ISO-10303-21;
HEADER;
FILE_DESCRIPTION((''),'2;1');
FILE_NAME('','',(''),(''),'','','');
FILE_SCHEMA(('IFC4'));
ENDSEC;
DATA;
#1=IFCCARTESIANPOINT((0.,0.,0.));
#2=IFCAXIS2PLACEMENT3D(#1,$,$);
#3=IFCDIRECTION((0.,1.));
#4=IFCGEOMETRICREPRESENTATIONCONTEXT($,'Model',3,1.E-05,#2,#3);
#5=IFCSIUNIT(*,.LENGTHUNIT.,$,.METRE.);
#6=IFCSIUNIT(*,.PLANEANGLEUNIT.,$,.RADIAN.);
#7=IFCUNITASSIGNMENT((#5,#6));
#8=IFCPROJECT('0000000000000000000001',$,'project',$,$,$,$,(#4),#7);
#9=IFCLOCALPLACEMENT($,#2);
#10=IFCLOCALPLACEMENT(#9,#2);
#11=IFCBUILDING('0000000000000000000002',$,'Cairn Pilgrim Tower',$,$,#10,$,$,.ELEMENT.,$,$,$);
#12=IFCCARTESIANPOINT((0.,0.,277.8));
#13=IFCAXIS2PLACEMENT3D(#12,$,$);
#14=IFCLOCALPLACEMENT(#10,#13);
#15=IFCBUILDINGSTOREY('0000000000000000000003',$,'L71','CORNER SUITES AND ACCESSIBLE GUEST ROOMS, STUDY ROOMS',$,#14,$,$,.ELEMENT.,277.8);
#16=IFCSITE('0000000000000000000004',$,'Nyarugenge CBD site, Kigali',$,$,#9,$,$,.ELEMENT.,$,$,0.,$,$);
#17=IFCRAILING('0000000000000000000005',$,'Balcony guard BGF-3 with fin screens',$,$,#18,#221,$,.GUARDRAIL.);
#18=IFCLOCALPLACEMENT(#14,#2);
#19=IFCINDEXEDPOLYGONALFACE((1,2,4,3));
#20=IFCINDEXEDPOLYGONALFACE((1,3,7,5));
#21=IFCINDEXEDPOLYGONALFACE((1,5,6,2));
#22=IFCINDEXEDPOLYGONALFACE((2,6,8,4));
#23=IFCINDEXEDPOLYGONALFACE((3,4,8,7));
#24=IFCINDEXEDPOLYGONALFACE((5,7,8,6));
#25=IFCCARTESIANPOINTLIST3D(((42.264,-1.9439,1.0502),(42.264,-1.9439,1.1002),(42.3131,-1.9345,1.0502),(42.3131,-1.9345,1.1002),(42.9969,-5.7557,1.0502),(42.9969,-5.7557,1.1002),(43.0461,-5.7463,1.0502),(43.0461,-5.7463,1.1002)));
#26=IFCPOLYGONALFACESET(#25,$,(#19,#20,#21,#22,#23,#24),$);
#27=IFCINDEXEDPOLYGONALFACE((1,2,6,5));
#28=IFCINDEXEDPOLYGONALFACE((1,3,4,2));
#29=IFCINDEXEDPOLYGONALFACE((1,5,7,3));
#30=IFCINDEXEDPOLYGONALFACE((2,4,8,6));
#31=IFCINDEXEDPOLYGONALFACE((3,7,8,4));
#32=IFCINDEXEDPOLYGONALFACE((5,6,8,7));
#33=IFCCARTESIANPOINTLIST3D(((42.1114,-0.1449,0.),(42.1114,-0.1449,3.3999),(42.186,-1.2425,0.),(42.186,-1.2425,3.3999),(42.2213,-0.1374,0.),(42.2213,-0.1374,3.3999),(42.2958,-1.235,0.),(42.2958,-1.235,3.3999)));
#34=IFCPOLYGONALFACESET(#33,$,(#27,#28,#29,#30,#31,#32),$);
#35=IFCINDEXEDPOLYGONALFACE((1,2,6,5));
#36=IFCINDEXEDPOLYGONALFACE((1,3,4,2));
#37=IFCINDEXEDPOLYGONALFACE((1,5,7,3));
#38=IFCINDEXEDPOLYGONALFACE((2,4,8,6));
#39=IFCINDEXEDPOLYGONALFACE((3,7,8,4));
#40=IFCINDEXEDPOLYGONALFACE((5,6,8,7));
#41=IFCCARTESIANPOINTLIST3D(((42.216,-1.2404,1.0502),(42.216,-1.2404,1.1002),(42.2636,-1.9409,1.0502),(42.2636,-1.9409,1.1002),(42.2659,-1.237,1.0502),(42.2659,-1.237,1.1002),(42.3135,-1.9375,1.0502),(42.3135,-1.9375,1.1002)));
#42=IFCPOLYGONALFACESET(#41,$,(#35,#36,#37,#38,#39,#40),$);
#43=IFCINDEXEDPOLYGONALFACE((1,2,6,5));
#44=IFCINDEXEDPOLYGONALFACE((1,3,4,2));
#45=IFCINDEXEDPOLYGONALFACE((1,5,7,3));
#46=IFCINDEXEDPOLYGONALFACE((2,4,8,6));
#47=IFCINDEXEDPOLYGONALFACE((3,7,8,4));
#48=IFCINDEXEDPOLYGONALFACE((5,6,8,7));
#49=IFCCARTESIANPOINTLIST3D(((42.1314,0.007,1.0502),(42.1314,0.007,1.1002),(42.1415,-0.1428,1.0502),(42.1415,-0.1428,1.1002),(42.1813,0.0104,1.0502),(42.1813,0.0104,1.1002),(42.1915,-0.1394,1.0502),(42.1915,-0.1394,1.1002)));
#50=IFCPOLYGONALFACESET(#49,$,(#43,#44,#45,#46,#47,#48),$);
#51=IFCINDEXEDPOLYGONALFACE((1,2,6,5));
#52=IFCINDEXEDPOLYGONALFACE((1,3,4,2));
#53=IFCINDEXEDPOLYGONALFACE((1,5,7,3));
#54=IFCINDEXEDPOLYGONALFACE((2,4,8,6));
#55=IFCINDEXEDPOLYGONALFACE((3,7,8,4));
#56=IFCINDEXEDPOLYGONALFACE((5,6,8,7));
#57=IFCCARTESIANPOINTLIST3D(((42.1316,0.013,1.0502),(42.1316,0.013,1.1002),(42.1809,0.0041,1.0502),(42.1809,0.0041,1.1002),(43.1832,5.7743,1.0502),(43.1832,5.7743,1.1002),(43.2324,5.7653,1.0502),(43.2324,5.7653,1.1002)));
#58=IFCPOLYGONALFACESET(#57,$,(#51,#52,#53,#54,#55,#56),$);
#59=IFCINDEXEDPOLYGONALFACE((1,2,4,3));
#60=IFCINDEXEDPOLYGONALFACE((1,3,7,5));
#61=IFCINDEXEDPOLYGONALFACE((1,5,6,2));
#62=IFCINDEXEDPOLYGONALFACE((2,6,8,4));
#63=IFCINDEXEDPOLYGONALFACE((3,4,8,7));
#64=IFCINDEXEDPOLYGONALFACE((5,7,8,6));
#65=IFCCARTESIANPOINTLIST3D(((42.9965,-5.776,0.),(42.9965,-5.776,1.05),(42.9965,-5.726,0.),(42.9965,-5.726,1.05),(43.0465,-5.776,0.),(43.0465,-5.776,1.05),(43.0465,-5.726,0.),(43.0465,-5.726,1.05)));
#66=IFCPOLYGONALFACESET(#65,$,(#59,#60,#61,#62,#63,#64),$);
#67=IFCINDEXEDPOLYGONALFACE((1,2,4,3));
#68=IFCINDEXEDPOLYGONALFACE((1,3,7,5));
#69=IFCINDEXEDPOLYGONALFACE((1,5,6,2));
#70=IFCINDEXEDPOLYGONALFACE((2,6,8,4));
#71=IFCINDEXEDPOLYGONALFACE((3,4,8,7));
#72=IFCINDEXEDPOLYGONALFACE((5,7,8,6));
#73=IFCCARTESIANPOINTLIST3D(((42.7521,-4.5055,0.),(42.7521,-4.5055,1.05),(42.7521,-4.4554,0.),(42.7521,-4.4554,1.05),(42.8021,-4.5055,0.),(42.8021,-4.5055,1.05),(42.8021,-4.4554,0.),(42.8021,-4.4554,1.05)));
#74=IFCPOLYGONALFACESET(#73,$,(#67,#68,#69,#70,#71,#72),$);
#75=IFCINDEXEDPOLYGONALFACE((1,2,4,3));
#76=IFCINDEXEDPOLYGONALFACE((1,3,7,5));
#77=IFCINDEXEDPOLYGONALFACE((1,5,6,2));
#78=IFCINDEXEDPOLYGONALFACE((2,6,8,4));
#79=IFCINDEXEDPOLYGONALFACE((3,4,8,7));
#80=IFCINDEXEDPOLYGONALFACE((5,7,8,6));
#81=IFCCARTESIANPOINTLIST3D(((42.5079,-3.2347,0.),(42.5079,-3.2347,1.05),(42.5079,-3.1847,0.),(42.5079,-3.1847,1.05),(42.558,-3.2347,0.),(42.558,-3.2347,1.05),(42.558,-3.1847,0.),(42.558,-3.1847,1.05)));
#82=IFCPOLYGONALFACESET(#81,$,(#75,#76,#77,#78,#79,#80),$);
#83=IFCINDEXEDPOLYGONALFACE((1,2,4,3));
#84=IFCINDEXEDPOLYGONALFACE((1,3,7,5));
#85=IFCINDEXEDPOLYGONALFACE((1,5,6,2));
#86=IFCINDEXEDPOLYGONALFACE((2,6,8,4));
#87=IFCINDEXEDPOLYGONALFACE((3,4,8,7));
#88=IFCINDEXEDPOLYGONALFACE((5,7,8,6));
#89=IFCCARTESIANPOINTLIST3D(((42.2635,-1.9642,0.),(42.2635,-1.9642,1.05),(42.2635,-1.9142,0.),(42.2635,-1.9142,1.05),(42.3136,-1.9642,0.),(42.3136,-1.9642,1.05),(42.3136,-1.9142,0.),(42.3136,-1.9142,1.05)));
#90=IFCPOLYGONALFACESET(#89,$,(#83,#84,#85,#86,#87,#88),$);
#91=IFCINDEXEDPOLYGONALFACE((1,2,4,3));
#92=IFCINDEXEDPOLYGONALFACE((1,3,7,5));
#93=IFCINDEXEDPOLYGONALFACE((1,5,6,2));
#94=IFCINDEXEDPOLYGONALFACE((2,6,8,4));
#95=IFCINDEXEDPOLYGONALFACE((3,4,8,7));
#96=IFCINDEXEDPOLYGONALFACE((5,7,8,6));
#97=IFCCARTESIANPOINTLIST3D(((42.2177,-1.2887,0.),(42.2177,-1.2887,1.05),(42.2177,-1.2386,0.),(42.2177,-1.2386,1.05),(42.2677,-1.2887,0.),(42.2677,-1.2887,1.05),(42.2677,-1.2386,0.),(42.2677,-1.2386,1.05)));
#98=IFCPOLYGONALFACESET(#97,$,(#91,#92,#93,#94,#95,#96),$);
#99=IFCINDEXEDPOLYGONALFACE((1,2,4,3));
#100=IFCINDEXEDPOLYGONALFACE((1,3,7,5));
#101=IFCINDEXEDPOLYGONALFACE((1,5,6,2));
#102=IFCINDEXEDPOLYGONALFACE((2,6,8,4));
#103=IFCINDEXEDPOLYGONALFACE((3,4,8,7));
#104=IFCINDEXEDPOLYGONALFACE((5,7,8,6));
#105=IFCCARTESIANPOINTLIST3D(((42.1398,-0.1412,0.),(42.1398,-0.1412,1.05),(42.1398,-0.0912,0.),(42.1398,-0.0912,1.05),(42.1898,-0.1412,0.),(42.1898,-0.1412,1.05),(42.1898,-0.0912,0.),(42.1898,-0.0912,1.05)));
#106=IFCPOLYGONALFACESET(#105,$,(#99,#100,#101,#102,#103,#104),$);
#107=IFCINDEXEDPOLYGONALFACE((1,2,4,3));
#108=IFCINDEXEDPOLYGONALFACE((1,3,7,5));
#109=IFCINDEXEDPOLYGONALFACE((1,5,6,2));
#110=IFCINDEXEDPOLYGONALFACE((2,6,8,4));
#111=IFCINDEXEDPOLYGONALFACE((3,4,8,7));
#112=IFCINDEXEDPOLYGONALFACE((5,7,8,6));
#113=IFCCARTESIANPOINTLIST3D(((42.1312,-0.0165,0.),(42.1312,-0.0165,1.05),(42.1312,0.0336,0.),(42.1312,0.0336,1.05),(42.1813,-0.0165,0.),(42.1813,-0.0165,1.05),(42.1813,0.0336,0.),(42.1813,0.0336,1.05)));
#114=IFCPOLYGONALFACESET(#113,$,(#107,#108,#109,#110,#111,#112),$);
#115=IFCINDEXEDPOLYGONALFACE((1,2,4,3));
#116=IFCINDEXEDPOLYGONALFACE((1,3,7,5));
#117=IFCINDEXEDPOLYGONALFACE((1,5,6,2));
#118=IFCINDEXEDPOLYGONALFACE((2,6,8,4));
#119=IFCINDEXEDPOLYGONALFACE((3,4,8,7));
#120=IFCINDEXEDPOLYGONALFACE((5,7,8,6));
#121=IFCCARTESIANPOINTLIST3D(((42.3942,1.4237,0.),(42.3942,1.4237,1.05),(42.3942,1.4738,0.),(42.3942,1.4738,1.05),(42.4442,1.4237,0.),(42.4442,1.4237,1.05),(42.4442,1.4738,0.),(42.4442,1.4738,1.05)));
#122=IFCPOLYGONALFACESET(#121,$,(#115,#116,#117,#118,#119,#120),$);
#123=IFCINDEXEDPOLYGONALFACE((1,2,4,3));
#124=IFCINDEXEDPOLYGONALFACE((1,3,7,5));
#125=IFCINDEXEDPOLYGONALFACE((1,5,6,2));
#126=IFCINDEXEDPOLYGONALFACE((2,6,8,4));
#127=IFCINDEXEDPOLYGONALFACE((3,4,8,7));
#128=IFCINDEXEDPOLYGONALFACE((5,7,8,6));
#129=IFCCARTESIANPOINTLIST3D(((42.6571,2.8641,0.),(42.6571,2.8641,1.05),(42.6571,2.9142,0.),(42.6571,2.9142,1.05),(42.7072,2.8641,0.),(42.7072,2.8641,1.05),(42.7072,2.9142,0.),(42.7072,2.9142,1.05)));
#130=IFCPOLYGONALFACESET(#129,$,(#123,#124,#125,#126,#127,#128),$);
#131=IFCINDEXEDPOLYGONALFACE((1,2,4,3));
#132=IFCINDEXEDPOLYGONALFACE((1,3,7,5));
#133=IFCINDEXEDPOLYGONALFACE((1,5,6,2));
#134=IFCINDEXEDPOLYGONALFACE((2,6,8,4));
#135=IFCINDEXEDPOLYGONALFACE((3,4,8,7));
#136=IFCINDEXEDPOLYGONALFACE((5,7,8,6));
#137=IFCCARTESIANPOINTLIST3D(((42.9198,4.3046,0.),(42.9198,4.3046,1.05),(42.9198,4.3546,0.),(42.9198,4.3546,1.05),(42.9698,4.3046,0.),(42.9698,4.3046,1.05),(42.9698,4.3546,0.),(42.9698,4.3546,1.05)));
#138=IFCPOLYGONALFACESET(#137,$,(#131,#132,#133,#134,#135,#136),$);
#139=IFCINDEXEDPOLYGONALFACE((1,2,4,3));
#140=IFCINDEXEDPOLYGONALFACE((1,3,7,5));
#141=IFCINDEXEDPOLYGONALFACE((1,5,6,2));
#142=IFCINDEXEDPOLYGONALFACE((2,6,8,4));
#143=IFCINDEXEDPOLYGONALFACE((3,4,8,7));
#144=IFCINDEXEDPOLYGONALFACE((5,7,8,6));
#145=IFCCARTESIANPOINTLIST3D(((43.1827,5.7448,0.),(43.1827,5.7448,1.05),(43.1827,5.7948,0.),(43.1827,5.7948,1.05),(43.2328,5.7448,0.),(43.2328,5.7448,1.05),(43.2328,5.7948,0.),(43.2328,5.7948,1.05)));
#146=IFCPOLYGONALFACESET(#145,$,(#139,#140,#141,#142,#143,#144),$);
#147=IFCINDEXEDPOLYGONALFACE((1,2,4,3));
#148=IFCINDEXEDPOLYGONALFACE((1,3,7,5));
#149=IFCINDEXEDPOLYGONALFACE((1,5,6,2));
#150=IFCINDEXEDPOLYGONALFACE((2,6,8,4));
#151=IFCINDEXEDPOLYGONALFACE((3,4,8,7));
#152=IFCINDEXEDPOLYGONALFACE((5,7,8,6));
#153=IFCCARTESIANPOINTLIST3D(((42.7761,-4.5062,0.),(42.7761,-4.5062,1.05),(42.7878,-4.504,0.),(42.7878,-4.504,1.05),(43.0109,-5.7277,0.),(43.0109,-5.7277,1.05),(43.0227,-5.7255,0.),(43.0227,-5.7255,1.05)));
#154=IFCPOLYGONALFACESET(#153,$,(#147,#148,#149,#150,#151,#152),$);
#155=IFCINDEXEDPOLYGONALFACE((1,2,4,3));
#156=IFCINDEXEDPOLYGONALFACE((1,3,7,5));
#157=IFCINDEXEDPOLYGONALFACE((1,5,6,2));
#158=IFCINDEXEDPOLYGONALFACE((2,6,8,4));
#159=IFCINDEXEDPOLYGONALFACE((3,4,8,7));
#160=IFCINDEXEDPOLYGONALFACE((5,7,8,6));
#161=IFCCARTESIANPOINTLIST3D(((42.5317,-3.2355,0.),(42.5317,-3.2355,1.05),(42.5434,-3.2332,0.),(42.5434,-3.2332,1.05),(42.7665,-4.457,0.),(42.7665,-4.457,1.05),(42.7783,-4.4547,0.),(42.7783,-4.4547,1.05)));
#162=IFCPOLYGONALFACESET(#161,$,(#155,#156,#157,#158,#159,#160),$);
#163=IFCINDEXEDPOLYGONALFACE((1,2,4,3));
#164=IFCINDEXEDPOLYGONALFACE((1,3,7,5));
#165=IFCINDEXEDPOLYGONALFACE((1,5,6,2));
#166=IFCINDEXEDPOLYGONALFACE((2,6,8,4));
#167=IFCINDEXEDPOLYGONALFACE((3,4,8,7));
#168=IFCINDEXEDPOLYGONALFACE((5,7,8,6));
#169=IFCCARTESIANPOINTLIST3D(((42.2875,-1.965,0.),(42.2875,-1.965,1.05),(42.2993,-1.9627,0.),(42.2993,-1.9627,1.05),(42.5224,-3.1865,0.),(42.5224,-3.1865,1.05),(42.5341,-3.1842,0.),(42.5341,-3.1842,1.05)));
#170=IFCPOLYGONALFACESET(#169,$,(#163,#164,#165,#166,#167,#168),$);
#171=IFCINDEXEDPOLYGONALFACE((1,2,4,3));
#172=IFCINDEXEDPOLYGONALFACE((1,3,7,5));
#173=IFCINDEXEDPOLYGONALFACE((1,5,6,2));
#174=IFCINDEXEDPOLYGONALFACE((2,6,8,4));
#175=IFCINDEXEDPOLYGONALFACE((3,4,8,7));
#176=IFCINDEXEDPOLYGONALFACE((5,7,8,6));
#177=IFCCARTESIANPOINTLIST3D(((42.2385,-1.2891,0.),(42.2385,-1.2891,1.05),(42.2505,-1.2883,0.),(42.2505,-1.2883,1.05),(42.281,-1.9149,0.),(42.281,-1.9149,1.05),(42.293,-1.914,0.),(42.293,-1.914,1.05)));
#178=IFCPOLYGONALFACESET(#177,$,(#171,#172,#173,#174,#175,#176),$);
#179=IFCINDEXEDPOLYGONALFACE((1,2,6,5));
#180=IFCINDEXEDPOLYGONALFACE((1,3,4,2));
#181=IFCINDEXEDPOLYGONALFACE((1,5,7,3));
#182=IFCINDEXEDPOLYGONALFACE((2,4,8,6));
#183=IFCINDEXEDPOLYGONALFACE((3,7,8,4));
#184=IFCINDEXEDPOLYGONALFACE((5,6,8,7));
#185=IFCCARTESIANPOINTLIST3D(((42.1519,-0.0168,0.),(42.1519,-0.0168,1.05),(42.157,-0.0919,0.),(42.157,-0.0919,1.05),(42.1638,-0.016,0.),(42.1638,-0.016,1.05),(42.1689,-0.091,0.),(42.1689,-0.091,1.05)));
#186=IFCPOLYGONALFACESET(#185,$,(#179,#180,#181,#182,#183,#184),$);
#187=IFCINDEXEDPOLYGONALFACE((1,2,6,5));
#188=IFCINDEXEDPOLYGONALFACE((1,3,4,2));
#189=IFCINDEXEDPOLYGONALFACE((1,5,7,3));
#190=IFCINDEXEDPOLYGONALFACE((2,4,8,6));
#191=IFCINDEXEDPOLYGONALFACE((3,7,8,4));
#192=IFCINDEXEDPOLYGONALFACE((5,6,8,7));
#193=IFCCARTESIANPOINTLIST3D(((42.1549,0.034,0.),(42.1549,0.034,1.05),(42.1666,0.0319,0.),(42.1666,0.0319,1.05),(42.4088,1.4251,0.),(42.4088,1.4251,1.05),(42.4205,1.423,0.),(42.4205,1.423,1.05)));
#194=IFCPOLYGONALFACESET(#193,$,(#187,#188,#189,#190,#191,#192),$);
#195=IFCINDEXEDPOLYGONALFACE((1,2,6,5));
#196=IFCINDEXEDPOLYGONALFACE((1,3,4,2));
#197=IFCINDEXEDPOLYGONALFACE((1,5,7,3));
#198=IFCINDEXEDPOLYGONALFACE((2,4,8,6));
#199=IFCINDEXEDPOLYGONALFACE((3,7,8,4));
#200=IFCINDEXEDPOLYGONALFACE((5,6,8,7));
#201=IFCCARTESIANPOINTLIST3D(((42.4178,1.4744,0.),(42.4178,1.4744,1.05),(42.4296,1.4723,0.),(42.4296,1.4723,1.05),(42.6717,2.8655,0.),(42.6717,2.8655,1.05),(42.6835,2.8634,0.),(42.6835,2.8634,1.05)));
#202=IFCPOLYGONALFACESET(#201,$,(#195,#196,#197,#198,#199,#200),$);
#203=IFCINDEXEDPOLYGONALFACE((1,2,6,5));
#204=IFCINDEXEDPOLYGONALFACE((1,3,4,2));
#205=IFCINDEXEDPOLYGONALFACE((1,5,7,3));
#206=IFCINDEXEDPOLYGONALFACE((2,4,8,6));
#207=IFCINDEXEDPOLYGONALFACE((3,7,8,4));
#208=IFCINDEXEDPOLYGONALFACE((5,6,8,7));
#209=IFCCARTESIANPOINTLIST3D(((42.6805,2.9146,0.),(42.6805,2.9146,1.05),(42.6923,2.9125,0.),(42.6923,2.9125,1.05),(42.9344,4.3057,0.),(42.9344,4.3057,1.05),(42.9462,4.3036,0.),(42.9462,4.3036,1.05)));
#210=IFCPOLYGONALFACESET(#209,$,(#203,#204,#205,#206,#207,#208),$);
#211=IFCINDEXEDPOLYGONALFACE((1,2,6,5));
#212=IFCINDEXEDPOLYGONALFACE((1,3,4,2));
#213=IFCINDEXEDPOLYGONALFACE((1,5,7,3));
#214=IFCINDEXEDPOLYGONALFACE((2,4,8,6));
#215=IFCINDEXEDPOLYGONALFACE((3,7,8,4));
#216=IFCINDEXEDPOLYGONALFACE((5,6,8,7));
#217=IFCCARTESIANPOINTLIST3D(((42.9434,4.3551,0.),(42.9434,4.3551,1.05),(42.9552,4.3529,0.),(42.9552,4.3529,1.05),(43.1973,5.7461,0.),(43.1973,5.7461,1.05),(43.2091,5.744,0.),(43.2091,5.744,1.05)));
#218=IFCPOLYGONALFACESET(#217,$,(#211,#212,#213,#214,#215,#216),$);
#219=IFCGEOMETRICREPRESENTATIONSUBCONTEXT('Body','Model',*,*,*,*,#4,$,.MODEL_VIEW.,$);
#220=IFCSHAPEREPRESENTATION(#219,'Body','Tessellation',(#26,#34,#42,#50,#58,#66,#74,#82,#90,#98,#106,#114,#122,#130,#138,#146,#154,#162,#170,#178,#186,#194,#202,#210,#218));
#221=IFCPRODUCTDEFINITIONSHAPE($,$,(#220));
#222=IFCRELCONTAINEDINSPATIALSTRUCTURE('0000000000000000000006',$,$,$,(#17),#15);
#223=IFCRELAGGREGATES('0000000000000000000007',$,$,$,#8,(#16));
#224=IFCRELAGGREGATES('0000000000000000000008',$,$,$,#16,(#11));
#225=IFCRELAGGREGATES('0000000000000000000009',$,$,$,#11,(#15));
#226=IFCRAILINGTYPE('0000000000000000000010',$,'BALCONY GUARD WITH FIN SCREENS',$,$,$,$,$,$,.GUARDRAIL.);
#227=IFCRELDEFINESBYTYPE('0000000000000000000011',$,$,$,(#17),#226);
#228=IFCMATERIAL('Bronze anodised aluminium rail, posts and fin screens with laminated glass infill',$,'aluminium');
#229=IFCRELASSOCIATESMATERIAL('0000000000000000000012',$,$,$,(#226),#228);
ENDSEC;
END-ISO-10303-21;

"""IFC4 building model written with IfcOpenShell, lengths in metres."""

from ifc_helpers import new_model, si_unit, direction, frame, origin, origin_2d, place, context, subcontext, project, spatial, polyline, rectangle, outline, extrude, material, type_object, element, save


model = new_model("IFC4")

# Units and contexts
model_context = context("Model", 3, precision=1e-05, world=origin(), true_north=direction((0.0, 1.0)))
body_context = subcontext(model_context, "Body", "Model", "MODEL_VIEW")
ifc_project = project(units=[si_unit("LENGTHUNIT", "METRE"), si_unit("PLANEANGLEUNIT", "RADIAN")], contexts=[model_context])

# Site, building, storey
site_placement = place(None, origin())
site = spatial("IfcSite", under=ifc_project, at=site_placement, Name="Nyarugenge CBD site, Kigali", CompositionType="ELEMENT", RefElevation=0.0)
building_placement = place(site_placement, origin())
building = spatial("IfcBuilding", under=site, at=building_placement, Name="Cairn Pilgrim Tower", CompositionType="ELEMENT")
storey_placement = place(building_placement, frame((0.0, 0.0, 277.8)))
storey = spatial("IfcBuildingStorey", under=building, at=storey_placement, Name="L71", Description="CORNER SUITES AND ACCESSIBLE GUEST ROOMS, STUDY ROOMS", CompositionType="ELEMENT", Elevation=277.8)

# Railing
ifc_material_1 = material(Name="Bronze anodised aluminium rail, posts and fin screens with laminated glass infill", Category="aluminium")
railing_type = type_object("IfcRailingType", Name="BALCONY GUARD WITH FIN SCREENS", PredefinedType="GUARDRAIL", material=ifc_material_1)
railing_placement = place(storey_placement, frame((43.0215, -5.751, 0.0)))
element("IfcRailing", 1, at=railing_placement, inside=storey, type_object=railing_type, Name="Balcony guard BGF-3 with fin screens", PredefinedType="GUARDRAIL", context=body_context, shape_type="SweptSolid", body=[
    extrude(rectangle(XDim=0.05, YDim=0.05, at=origin_2d()), frame((0.0, 0.0, 1.0752), z_axis=(-0.188817, 0.982012, 0.0), x_axis=(-0.982012, -0.188817, 0.0)), (0.0, 0.0, 1.0), 3.8816),
    extrude(rectangle(XDim=1.1001, YDim=0.1101, at=origin_2d()), frame((-0.8179, 5.061, 0.0), z_axis=(0.0, 0.0, 1.0), x_axis=(-0.067781, 0.9977, 0.0)), (0.0, 0.0, 1.0), 3.3999),
    extrude(rectangle(XDim=0.05, YDim=0.05, at=origin_2d()), frame((-0.7329, 3.8118, 1.0752), z_axis=(-0.067781, 0.9977, 0.0), x_axis=(-0.9977, -0.067781, 0.0)), (0.0, 0.0, 1.0), 0.7021),
    extrude(rectangle(XDim=0.05, YDim=0.05, at=origin_2d()), frame((-0.855, 5.6099, 1.0752), z_axis=(-0.067781, 0.9977, 0.0), x_axis=(-0.9977, -0.067781, 0.0)), (0.0, 0.0, 1.0), 0.1501),
    extrude(rectangle(XDim=0.05, YDim=0.05, at=origin_2d()), frame((-0.8652, 5.7595, 1.0752), z_axis=(0.179549, 0.983749, 0.0), x_axis=(-0.983749, 0.179549, 0.0)), (0.0, 0.0, 1.0), 5.8564),
    extrude(rectangle(XDim=0.05, YDim=0.05, at=origin_2d()), origin(), (0.0, 0.0, 1.0), 1.05),
    extrude(rectangle(XDim=0.05, YDim=0.05, at=origin_2d()), frame((-0.2444, 1.2705, 0.0)), (0.0, 0.0, 1.0), 1.05),
    extrude(rectangle(XDim=0.05, YDim=0.05, at=origin_2d()), frame((-0.4885, 2.5413, 0.0)), (0.0, 0.0, 1.0), 1.05),
    extrude(rectangle(XDim=0.05, YDim=0.05, at=origin_2d()), frame((-0.7329, 3.8118, 0.0)), (0.0, 0.0, 1.0), 1.05),
    extrude(rectangle(XDim=0.05, YDim=0.05, at=origin_2d()), frame((-0.7788, 4.4873, 0.0)), (0.0, 0.0, 1.0), 1.05),
    extrude(rectangle(XDim=0.05, YDim=0.05, at=origin_2d()), frame((-0.8567, 5.6348, 0.0)), (0.0, 0.0, 1.0), 1.05),
    extrude(rectangle(XDim=0.05, YDim=0.05, at=origin_2d()), frame((-0.8652, 5.7595, 0.0)), (0.0, 0.0, 1.0), 1.05),
    extrude(rectangle(XDim=0.05, YDim=0.05, at=origin_2d()), frame((-0.6023, 7.1997, 0.0)), (0.0, 0.0, 1.0), 1.05),
    extrude(rectangle(XDim=0.05, YDim=0.05, at=origin_2d()), frame((-0.3394, 8.6401, 0.0)), (0.0, 0.0, 1.0), 1.05),
    extrude(rectangle(XDim=0.05, YDim=0.05, at=origin_2d()), frame((-0.0767, 10.0806, 0.0)), (0.0, 0.0, 1.0), 1.05),
    extrude(rectangle(XDim=0.05, YDim=0.05, at=origin_2d()), frame((0.1863, 11.5208, 0.0)), (0.0, 0.0, 1.0), 1.05),
    extrude(outline(polyline([(0.0249, 0.0), (1.2688, 0.0), (1.2688, 1.05), (0.0249, 1.05), (0.0249, 0.0)])), frame((-0.0059, -0.0012, 0.0), z_axis=(0.982012, 0.188817, 0.0), x_axis=(-0.188817, 0.982012, 0.0)), (0.0, 0.0, 1.0), 0.012),
    extrude(outline(polyline([(0.0249, 0.0), (1.2688, 0.0), (1.2688, 1.05), (0.0249, 1.05), (0.0249, 0.0)])), frame((-0.2502, 1.2695, 0.0), z_axis=(0.982012, 0.188817, 0.0), x_axis=(-0.188817, 0.982012, 0.0)), (0.0, 0.0, 1.0), 0.012),
    extrude(outline(polyline([(0.0249, 0.0), (1.2688, 0.0), (1.2688, 1.05), (0.0249, 1.05), (0.0249, 0.0)])), frame((-0.4944, 2.54, 0.0), z_axis=(0.982012, 0.188817, 0.0), x_axis=(-0.188817, 0.982012, 0.0)), (0.0, 0.0, 1.0), 0.012),
    extrude(outline(polyline([(0.0249, 0.0), (0.6521, 0.0), (0.6521, 1.05), (0.0249, 1.05), (0.0249, 0.0)])), frame((-0.7388, 3.8113, 0.0), z_axis=(0.9977, 0.067781, 0.0), x_axis=(-0.067781, 0.9977, 0.0)), (0.0, 0.0, 1.0), 0.012),
    extrude(outline(polyline([(0.0249, 0.0), (0.1001, 0.0), (0.1001, 1.05), (0.0249, 1.05), (0.0249, 0.0)])), frame((-0.8628, 5.6343, 0.0), z_axis=(0.9977, 0.067781, 0.0), x_axis=(-0.067781, 0.9977, 0.0)), (0.0, 0.0, 1.0), 0.012),
    extrude(outline(polyline([(0.0249, 0.0), (1.439, 0.0), (1.439, 1.05), (0.0249, 1.05), (0.0249, 0.0)])), frame((-0.8711, 5.7605, 0.0), z_axis=(0.983749, -0.179549, 0.0), x_axis=(0.179549, 0.983749, 0.0)), (0.0, 0.0, 1.0), 0.012),
    extrude(outline(polyline([(0.0249, 0.0), (1.439, 0.0), (1.439, 1.05), (0.0249, 1.05), (0.0249, 0.0)])), frame((-0.6082, 7.2009, 0.0), z_axis=(0.983749, -0.179549, 0.0), x_axis=(0.179549, 0.983749, 0.0)), (0.0, 0.0, 1.0), 0.012),
    extrude(outline(polyline([(0.0249, 0.0), (1.439, 0.0), (1.439, 1.05), (0.0249, 1.05), (0.0249, 0.0)])), frame((-0.3455, 8.6411, 0.0), z_axis=(0.983749, -0.179549, 0.0), x_axis=(0.179549, 0.983749, 0.0)), (0.0, 0.0, 1.0), 0.012),
    extrude(outline(polyline([(0.0249, 0.0), (1.439, 0.0), (1.439, 1.05), (0.0249, 1.05), (0.0249, 0.0)])), frame((-0.0825, 10.0815, 0.0), z_axis=(0.983749, -0.179549, 0.0), x_axis=(0.179549, 0.983749, 0.0)), (0.0, 0.0, 1.0), 0.012),
])

save(model, "model.ifc")
